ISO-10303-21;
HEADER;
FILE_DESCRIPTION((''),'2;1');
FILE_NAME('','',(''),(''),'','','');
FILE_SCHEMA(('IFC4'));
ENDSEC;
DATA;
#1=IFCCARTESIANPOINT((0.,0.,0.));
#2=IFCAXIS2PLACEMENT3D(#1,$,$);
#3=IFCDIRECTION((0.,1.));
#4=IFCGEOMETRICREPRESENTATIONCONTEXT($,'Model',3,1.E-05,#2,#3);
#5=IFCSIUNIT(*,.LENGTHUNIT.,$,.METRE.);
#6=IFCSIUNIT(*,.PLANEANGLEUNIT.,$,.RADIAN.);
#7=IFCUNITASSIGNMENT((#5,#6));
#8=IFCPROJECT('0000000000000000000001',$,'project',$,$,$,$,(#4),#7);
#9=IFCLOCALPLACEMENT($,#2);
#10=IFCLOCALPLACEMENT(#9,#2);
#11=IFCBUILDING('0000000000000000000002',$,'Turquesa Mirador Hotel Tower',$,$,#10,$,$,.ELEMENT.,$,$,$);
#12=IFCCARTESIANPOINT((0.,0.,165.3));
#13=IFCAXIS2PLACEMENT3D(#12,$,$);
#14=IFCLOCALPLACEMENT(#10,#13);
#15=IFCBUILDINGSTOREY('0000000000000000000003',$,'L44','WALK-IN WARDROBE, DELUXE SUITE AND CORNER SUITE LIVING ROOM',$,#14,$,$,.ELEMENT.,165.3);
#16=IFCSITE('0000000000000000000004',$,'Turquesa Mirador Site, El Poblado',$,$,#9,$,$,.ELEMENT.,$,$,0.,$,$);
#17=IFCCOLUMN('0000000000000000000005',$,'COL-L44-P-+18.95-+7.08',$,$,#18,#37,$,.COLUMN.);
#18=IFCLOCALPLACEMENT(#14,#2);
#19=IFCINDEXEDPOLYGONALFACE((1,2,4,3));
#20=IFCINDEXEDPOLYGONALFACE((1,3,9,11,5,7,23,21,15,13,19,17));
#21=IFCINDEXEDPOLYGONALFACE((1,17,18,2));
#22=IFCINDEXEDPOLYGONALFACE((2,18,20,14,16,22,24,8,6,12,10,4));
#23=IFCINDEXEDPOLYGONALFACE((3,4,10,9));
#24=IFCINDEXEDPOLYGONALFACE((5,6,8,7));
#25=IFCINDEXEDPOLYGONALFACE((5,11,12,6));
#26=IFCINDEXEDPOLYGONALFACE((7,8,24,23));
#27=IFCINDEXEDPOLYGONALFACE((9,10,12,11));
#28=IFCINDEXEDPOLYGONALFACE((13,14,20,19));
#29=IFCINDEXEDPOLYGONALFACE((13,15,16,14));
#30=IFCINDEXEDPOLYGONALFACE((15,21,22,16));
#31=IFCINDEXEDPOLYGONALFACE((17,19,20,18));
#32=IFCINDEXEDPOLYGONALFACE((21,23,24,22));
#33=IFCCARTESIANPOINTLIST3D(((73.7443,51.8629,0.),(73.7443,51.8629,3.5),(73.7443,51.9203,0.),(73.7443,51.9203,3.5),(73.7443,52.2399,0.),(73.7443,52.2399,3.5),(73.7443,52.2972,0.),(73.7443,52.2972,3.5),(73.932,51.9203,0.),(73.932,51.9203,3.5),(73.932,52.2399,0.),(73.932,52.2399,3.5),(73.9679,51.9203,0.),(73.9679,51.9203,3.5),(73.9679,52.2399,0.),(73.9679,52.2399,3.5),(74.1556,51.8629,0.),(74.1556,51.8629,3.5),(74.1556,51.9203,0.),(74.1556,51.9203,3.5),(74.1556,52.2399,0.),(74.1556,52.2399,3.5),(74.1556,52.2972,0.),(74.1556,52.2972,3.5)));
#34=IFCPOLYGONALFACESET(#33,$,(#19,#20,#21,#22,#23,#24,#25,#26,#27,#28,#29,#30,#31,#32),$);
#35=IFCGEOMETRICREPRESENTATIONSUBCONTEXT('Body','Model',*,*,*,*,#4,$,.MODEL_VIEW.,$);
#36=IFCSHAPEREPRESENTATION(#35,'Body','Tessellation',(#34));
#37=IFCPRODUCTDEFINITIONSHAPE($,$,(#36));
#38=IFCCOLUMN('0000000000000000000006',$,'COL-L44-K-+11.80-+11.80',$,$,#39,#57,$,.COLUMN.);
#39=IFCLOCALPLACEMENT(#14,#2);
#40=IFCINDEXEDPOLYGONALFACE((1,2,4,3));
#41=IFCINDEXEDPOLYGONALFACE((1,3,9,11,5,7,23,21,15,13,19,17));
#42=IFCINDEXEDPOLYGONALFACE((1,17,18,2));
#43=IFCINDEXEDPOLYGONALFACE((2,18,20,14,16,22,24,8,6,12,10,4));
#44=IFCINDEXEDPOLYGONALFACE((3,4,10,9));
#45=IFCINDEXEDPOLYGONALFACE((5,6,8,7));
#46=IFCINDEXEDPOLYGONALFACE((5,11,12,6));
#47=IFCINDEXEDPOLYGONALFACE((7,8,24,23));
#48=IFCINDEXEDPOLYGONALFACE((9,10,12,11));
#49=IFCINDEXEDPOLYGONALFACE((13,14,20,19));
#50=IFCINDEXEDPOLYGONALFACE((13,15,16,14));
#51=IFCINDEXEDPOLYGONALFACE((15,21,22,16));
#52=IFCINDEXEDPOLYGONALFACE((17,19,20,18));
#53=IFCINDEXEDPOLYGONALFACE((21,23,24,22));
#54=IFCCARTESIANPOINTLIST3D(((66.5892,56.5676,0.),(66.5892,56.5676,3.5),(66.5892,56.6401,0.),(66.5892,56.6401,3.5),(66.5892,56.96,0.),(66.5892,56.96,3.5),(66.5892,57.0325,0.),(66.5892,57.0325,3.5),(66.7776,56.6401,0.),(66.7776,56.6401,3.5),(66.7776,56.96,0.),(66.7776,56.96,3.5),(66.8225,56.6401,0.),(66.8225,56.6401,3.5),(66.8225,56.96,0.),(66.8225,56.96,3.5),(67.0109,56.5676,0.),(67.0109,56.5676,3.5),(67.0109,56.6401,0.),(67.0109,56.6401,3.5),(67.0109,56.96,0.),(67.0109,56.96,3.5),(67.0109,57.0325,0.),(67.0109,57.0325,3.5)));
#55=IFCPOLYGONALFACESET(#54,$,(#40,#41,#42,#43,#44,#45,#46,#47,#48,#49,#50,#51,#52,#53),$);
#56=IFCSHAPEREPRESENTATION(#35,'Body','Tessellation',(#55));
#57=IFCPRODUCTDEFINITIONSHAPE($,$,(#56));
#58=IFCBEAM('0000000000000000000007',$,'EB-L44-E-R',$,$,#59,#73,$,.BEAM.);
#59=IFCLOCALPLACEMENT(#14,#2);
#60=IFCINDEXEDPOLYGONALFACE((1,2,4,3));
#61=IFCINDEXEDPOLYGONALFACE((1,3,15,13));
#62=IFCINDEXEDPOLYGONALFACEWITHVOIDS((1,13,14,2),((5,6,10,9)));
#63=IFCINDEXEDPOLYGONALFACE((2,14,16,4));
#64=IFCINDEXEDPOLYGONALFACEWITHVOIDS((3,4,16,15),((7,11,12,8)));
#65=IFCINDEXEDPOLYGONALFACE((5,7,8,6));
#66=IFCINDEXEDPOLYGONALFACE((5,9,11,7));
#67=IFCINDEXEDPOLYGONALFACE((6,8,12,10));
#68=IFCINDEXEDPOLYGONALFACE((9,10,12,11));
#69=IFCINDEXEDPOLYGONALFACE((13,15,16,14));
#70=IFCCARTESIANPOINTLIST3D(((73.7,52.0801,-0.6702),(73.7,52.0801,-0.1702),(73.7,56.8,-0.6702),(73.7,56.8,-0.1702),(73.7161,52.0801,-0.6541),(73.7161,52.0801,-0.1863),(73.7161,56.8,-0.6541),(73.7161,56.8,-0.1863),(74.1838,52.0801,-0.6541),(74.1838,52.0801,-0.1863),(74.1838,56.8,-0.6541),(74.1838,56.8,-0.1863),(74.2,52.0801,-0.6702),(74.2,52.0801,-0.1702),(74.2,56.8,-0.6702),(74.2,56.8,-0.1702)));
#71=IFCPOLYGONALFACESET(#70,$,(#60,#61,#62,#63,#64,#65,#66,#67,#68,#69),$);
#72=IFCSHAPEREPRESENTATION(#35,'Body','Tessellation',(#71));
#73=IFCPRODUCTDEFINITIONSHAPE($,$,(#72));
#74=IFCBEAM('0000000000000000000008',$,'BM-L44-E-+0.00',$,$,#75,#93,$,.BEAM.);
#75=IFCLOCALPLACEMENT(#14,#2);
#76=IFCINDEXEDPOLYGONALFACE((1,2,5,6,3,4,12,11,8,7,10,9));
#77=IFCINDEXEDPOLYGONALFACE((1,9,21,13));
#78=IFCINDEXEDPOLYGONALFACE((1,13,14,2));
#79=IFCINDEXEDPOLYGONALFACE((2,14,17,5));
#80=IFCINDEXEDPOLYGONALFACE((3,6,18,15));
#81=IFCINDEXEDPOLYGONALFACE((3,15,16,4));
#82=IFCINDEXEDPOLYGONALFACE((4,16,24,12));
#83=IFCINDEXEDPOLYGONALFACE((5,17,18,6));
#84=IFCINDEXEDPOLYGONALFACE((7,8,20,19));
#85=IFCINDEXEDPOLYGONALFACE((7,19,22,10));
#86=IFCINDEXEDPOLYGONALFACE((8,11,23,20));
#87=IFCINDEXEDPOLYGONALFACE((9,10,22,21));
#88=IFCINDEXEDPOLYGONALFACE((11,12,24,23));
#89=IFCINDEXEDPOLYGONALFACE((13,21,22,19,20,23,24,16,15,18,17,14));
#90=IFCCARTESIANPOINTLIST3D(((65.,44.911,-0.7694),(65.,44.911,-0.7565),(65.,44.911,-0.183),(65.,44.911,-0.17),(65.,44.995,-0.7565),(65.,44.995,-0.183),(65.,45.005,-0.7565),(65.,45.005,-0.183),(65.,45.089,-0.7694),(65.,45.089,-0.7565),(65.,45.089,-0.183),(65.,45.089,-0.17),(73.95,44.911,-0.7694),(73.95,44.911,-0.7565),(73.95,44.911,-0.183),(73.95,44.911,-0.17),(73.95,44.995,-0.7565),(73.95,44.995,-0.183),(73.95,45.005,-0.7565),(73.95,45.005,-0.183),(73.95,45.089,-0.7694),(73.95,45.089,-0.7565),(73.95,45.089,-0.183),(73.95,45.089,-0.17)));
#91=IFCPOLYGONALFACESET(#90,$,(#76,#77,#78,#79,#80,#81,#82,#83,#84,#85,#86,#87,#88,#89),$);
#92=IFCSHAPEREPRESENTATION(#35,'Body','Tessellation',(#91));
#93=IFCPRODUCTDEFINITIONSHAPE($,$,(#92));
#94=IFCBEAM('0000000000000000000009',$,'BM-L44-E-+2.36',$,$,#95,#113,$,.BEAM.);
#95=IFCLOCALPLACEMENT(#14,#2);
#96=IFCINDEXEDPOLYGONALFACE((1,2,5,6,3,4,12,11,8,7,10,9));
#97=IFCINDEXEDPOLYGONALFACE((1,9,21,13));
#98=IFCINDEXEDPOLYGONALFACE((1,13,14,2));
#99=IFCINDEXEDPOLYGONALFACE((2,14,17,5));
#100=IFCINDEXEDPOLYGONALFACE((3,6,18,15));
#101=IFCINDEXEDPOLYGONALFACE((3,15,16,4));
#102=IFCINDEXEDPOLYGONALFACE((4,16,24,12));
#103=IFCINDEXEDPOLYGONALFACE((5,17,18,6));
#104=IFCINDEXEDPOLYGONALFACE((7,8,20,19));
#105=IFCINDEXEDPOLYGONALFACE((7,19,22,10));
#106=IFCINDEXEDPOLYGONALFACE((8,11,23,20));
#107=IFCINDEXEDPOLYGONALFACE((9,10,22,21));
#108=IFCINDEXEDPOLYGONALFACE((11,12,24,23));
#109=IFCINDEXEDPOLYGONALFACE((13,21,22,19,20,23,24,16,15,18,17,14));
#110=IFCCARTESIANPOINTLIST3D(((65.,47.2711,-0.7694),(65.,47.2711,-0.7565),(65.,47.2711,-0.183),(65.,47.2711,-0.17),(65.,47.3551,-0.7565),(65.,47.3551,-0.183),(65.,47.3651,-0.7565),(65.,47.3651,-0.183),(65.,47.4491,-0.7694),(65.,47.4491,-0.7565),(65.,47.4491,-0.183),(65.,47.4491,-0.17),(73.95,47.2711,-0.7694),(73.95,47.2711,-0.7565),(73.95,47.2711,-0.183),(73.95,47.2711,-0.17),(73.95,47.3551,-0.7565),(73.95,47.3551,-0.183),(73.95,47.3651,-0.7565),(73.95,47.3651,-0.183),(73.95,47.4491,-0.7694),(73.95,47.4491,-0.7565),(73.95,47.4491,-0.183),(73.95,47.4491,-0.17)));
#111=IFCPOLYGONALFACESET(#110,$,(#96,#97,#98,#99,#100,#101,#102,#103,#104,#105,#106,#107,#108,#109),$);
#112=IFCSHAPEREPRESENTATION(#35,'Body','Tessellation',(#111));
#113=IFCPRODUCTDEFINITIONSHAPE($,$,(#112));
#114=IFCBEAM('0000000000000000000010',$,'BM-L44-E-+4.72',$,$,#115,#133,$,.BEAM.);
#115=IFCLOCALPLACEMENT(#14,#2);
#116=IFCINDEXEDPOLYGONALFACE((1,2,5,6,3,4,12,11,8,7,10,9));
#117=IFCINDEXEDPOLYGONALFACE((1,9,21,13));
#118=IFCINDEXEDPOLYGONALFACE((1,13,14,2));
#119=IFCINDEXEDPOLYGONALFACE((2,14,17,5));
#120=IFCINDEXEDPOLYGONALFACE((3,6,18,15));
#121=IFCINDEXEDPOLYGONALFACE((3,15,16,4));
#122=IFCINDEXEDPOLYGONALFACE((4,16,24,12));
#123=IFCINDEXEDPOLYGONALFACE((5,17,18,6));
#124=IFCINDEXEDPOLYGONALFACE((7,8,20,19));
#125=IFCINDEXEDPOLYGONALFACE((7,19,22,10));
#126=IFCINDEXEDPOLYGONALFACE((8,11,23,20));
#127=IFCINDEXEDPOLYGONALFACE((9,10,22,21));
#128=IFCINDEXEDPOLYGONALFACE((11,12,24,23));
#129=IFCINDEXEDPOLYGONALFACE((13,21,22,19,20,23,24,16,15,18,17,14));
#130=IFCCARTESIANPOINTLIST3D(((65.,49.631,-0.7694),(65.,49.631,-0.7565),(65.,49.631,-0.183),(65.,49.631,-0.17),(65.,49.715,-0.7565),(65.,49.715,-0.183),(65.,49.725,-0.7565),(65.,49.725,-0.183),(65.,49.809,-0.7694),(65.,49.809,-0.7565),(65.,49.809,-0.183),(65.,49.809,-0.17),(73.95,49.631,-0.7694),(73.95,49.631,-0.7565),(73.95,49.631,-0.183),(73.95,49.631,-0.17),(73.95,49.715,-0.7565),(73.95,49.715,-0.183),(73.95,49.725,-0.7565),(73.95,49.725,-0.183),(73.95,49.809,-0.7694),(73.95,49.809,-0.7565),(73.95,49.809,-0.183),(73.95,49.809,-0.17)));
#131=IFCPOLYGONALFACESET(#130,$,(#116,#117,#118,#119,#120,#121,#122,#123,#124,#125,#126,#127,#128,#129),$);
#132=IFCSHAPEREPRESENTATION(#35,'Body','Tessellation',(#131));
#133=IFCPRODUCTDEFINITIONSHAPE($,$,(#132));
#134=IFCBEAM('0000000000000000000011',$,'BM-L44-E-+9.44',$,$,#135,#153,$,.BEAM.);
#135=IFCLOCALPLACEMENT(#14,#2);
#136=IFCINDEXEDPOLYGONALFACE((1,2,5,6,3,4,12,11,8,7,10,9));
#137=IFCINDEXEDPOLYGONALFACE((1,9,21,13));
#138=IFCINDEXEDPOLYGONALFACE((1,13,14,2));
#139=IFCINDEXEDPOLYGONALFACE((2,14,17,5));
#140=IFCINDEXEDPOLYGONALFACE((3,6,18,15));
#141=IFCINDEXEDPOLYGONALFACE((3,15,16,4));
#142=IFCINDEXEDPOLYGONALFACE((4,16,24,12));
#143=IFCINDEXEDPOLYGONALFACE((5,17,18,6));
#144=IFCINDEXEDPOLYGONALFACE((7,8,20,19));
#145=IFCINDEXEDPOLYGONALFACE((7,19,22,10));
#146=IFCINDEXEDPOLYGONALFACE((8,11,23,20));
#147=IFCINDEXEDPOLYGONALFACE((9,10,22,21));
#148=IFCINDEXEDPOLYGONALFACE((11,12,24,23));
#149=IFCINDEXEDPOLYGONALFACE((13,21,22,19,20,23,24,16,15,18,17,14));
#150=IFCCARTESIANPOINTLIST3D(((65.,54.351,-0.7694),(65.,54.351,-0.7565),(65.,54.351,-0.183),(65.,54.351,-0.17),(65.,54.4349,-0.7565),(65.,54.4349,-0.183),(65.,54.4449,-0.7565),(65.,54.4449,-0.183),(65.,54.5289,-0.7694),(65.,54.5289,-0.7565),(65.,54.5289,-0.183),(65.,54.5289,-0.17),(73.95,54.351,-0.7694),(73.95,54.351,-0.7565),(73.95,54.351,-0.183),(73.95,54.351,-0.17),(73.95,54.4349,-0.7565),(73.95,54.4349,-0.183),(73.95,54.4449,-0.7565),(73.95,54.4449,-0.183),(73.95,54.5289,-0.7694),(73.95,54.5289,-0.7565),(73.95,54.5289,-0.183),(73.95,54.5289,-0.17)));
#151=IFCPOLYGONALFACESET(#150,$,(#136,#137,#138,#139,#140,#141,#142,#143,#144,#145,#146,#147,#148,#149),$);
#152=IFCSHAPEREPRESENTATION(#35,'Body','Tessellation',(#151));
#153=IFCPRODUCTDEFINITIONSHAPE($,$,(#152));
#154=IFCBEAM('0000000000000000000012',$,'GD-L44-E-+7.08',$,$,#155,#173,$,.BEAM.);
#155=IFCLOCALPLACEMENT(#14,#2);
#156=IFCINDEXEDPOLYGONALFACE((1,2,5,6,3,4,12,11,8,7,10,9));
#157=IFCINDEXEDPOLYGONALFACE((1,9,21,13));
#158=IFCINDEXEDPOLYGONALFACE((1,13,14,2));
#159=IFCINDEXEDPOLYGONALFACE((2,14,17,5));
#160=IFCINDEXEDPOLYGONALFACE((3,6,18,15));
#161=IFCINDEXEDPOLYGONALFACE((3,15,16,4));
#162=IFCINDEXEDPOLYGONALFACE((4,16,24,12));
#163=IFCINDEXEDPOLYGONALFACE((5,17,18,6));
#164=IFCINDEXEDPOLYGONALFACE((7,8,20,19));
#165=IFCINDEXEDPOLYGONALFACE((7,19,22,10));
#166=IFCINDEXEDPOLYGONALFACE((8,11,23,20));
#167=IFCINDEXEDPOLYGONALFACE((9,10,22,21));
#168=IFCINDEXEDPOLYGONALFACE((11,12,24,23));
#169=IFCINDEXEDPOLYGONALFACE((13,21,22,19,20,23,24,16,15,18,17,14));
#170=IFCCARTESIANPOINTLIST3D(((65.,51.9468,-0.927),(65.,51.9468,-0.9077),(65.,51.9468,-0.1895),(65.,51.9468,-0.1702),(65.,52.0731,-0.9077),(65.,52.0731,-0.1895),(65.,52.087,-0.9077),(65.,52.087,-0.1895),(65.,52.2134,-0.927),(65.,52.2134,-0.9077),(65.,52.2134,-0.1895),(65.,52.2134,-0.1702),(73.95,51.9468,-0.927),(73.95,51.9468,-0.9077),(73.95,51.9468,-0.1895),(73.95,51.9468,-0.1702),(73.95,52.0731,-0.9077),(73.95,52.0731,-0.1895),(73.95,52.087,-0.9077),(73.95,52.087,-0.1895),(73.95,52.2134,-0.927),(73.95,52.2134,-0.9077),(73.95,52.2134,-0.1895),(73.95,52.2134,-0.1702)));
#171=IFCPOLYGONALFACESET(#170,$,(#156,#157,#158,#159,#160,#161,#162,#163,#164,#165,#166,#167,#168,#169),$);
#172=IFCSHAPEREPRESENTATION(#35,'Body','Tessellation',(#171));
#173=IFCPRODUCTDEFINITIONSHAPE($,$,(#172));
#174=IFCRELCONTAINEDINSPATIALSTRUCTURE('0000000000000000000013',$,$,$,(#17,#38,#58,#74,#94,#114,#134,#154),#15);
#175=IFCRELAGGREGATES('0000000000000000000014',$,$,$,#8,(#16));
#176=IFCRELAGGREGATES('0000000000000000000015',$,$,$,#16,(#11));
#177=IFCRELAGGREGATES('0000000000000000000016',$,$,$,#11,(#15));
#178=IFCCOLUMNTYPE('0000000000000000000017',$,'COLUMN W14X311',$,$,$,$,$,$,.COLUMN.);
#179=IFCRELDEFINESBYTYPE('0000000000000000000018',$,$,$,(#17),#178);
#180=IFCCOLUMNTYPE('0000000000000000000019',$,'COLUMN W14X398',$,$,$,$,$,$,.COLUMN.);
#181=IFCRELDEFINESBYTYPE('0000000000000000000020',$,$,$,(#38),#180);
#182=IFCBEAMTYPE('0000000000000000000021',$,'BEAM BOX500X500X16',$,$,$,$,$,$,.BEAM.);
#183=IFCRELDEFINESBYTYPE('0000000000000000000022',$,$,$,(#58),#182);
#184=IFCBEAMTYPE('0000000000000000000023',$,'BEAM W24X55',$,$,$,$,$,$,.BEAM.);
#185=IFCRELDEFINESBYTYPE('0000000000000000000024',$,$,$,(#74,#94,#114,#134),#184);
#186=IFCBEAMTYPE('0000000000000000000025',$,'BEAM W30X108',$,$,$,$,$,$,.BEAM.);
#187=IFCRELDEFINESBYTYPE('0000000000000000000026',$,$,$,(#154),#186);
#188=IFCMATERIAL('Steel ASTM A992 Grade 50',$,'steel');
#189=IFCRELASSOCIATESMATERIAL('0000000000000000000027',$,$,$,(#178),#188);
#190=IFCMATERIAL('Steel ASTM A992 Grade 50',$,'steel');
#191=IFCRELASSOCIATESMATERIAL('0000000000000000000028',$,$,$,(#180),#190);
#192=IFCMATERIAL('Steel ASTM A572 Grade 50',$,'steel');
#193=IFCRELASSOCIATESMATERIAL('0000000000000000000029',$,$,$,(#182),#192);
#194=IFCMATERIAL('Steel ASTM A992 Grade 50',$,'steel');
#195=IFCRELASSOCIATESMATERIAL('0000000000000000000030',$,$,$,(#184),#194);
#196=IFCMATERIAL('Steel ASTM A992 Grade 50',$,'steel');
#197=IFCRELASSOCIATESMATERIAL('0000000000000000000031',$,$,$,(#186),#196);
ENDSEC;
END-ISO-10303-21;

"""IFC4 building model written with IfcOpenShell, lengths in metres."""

from ifc_helpers import new_model, si_unit, direction, frame, origin, origin_2d, place, context, subcontext, project, spatial, hollow_rectangle, i_section, extrude, material, material_profile, profile_set, type_object, element, save


model = new_model("IFC4")

# Units and contexts
model_context = context("Model", 3, precision=1e-05, world=origin(), true_north=direction((0.0, 1.0)))
body_context = subcontext(model_context, "Body", "Model", "MODEL_VIEW")
ifc_project = project(units=[si_unit("LENGTHUNIT", "METRE"), si_unit("PLANEANGLEUNIT", "RADIAN")], contexts=[model_context])

# Site, building, storey
site_placement = place(None, origin())
site = spatial("IfcSite", under=ifc_project, at=site_placement, Name="Turquesa Mirador Site, El Poblado", CompositionType="ELEMENT", RefElevation=0.0)
building_placement = place(site_placement, origin())
building = spatial("IfcBuilding", under=site, at=building_placement, Name="Turquesa Mirador Hotel Tower", CompositionType="ELEMENT")
storey_placement = place(building_placement, frame((0.0, 0.0, 165.3)))
storey = spatial("IfcBuildingStorey", under=building, at=storey_placement, Name="L44", Description="WALK-IN WARDROBE, DELUXE SUITE AND CORNER SUITE LIVING ROOM", CompositionType="ELEMENT", Elevation=165.3)

# Columns
ifc_material_1 = material(Name="Steel ASTM A992 Grade 50", Category="steel")
ifc_material_profile_1 = material_profile(ifc_material_1, i_section(OverallWidth=0.4114, OverallDepth=0.4343, WebThickness=0.0359, FlangeThickness=0.0574, at=origin_2d()), Name="W14X311")
ifc_profile_set_1 = profile_set([ifc_material_profile_1], Name="Steel ASTM A992 Grade 50")
column_type_1 = type_object("IfcColumnType", Name="COLUMN W14X311", PredefinedType="COLUMN", material=ifc_profile_set_1)
column_1_placement = place(storey_placement, frame((73.95, 52.0801, 0.0), z_axis=(0.0, 0.0, 1.0), x_axis=(1.0, 0.0, 0.0)))
element("IfcColumn", 1, at=column_1_placement, inside=storey, type_object=column_type_1, Name="COL-L44-P-+18.95-+7.08", PredefinedType="COLUMN", context=body_context, shape_type="SweptSolid", body=[
    extrude(i_section(OverallWidth=0.4114, OverallDepth=0.4343, WebThickness=0.0359, FlangeThickness=0.0574, at=origin_2d()), origin(), (0.0, 0.0, 1.0), 3.5),
])
ifc_material_2 = material(Name="Steel ASTM A992 Grade 50", Category="steel")
ifc_material_profile_2 = material_profile(ifc_material_2, i_section(OverallWidth=0.4216, OverallDepth=0.4648, WebThickness=0.0449, FlangeThickness=0.0725, at=origin_2d()), Name="W14X398")
ifc_profile_set_2 = profile_set([ifc_material_profile_2], Name="Steel ASTM A992 Grade 50")
column_type_2 = type_object("IfcColumnType", Name="COLUMN W14X398", PredefinedType="COLUMN", material=ifc_profile_set_2)
column_2_placement = place(storey_placement, frame((66.8, 56.8, 0.0), z_axis=(0.0, 0.0, 1.0), x_axis=(1.0, 0.0, 0.0)))
element("IfcColumn", 2, at=column_2_placement, inside=storey, type_object=column_type_2, Name="COL-L44-K-+11.80-+11.80", PredefinedType="COLUMN", context=body_context, shape_type="SweptSolid", body=[
    extrude(i_section(OverallWidth=0.4216, OverallDepth=0.4648, WebThickness=0.0449, FlangeThickness=0.0725, at=origin_2d()), origin(), (0.0, 0.0, 1.0), 3.5),
])

# Beams
ifc_material_3 = material(Name="Steel ASTM A572 Grade 50", Category="steel")
ifc_material_profile_3 = material_profile(ifc_material_3, hollow_rectangle(XDim=0.5, YDim=0.5, WallThickness=0.0161, at=origin_2d()), Name="BOX500X500X16")
ifc_profile_set_3 = profile_set([ifc_material_profile_3], Name="Steel ASTM A572 Grade 50")
beam_type_1 = type_object("IfcBeamType", Name="BEAM BOX500X500X16", PredefinedType="BEAM", material=ifc_profile_set_3)
beam_1_placement = place(storey_placement, frame((73.95, 52.0801, -0.4202), z_axis=(0.0, 1.0, 0.0), x_axis=(-1.0, 0.0, 0.0)))
element("IfcBeam", 3, at=beam_1_placement, inside=storey, type_object=beam_type_1, Name="EB-L44-E-R", PredefinedType="BEAM", context=body_context, shape_type="SweptSolid", body=[
    extrude(hollow_rectangle(XDim=0.5, YDim=0.5, WallThickness=0.0161, at=origin_2d()), origin(), (0.0, 0.0, 1.0), 4.72),
])
ifc_material_4 = material(Name="Steel ASTM A992 Grade 50", Category="steel")
ifc_material_profile_4 = material_profile(ifc_material_4, i_section(OverallWidth=0.178, OverallDepth=0.5994, WebThickness=0.01, FlangeThickness=0.0129, at=origin_2d()), Name="W24X55")
ifc_profile_set_4 = profile_set([ifc_material_profile_4], Name="Steel ASTM A992 Grade 50")
beam_type_2 = type_object("IfcBeamType", Name="BEAM W24X55", PredefinedType="BEAM", material=ifc_profile_set_4)
for number, where, z_axis, x_axis, name in (
    (4, (73.95, 45.0, -0.4697), (-1.0, 0.0, 0.0), (0.0, -1.0, 0.0), "BM-L44-E-+0.00"),
    (5, (73.95, 47.3601, -0.4697), (-1.0, 0.0, 0.0), (0.0, -1.0, 0.0), "BM-L44-E-+2.36"),
    (6, (73.95, 49.72, -0.4697), (-1.0, 0.0, 0.0), (0.0, -1.0, 0.0), "BM-L44-E-+4.72"),
    (7, (73.95, 54.4399, -0.4697), (-1.0, 0.0, 0.0), (0.0, -1.0, 0.0), "BM-L44-E-+9.44"),
):
    element("IfcBeam", number, at=place(storey_placement, frame(where, z_axis=z_axis, x_axis=x_axis)), inside=storey, type_object=beam_type_2, Name=name, PredefinedType="BEAM", context=body_context, shape_type="SweptSolid", body=[
        extrude(i_section(OverallWidth=0.178, OverallDepth=0.5994, WebThickness=0.01, FlangeThickness=0.0129, at=origin_2d()), origin(), (0.0, 0.0, 1.0), 8.95),
    ])
ifc_material_5 = material(Name="Steel ASTM A992 Grade 50", Category="steel")
ifc_material_profile_5 = material_profile(ifc_material_5, i_section(OverallWidth=0.2666, OverallDepth=0.7568, WebThickness=0.0139, FlangeThickness=0.0193, at=origin_2d()), Name="W30X108")
ifc_profile_set_5 = profile_set([ifc_material_profile_5], Name="Steel ASTM A992 Grade 50")
beam_type_3 = type_object("IfcBeamType", Name="BEAM W30X108", PredefinedType="BEAM", material=ifc_profile_set_5)
beam_2_placement = place(storey_placement, frame((73.95, 52.0801, -0.5486), z_axis=(-1.0, 0.0, 0.0), x_axis=(0.0, -1.0, 0.0)))
element("IfcBeam", 8, at=beam_2_placement, inside=storey, type_object=beam_type_3, Name="GD-L44-E-+7.08", PredefinedType="BEAM", context=body_context, shape_type="SweptSolid", body=[
    extrude(i_section(OverallWidth=0.2666, OverallDepth=0.7568, WebThickness=0.0139, FlangeThickness=0.0193, at=origin_2d()), origin(), (0.0, 0.0, 1.0), 8.95),
])

save(model, "model.ifc")
